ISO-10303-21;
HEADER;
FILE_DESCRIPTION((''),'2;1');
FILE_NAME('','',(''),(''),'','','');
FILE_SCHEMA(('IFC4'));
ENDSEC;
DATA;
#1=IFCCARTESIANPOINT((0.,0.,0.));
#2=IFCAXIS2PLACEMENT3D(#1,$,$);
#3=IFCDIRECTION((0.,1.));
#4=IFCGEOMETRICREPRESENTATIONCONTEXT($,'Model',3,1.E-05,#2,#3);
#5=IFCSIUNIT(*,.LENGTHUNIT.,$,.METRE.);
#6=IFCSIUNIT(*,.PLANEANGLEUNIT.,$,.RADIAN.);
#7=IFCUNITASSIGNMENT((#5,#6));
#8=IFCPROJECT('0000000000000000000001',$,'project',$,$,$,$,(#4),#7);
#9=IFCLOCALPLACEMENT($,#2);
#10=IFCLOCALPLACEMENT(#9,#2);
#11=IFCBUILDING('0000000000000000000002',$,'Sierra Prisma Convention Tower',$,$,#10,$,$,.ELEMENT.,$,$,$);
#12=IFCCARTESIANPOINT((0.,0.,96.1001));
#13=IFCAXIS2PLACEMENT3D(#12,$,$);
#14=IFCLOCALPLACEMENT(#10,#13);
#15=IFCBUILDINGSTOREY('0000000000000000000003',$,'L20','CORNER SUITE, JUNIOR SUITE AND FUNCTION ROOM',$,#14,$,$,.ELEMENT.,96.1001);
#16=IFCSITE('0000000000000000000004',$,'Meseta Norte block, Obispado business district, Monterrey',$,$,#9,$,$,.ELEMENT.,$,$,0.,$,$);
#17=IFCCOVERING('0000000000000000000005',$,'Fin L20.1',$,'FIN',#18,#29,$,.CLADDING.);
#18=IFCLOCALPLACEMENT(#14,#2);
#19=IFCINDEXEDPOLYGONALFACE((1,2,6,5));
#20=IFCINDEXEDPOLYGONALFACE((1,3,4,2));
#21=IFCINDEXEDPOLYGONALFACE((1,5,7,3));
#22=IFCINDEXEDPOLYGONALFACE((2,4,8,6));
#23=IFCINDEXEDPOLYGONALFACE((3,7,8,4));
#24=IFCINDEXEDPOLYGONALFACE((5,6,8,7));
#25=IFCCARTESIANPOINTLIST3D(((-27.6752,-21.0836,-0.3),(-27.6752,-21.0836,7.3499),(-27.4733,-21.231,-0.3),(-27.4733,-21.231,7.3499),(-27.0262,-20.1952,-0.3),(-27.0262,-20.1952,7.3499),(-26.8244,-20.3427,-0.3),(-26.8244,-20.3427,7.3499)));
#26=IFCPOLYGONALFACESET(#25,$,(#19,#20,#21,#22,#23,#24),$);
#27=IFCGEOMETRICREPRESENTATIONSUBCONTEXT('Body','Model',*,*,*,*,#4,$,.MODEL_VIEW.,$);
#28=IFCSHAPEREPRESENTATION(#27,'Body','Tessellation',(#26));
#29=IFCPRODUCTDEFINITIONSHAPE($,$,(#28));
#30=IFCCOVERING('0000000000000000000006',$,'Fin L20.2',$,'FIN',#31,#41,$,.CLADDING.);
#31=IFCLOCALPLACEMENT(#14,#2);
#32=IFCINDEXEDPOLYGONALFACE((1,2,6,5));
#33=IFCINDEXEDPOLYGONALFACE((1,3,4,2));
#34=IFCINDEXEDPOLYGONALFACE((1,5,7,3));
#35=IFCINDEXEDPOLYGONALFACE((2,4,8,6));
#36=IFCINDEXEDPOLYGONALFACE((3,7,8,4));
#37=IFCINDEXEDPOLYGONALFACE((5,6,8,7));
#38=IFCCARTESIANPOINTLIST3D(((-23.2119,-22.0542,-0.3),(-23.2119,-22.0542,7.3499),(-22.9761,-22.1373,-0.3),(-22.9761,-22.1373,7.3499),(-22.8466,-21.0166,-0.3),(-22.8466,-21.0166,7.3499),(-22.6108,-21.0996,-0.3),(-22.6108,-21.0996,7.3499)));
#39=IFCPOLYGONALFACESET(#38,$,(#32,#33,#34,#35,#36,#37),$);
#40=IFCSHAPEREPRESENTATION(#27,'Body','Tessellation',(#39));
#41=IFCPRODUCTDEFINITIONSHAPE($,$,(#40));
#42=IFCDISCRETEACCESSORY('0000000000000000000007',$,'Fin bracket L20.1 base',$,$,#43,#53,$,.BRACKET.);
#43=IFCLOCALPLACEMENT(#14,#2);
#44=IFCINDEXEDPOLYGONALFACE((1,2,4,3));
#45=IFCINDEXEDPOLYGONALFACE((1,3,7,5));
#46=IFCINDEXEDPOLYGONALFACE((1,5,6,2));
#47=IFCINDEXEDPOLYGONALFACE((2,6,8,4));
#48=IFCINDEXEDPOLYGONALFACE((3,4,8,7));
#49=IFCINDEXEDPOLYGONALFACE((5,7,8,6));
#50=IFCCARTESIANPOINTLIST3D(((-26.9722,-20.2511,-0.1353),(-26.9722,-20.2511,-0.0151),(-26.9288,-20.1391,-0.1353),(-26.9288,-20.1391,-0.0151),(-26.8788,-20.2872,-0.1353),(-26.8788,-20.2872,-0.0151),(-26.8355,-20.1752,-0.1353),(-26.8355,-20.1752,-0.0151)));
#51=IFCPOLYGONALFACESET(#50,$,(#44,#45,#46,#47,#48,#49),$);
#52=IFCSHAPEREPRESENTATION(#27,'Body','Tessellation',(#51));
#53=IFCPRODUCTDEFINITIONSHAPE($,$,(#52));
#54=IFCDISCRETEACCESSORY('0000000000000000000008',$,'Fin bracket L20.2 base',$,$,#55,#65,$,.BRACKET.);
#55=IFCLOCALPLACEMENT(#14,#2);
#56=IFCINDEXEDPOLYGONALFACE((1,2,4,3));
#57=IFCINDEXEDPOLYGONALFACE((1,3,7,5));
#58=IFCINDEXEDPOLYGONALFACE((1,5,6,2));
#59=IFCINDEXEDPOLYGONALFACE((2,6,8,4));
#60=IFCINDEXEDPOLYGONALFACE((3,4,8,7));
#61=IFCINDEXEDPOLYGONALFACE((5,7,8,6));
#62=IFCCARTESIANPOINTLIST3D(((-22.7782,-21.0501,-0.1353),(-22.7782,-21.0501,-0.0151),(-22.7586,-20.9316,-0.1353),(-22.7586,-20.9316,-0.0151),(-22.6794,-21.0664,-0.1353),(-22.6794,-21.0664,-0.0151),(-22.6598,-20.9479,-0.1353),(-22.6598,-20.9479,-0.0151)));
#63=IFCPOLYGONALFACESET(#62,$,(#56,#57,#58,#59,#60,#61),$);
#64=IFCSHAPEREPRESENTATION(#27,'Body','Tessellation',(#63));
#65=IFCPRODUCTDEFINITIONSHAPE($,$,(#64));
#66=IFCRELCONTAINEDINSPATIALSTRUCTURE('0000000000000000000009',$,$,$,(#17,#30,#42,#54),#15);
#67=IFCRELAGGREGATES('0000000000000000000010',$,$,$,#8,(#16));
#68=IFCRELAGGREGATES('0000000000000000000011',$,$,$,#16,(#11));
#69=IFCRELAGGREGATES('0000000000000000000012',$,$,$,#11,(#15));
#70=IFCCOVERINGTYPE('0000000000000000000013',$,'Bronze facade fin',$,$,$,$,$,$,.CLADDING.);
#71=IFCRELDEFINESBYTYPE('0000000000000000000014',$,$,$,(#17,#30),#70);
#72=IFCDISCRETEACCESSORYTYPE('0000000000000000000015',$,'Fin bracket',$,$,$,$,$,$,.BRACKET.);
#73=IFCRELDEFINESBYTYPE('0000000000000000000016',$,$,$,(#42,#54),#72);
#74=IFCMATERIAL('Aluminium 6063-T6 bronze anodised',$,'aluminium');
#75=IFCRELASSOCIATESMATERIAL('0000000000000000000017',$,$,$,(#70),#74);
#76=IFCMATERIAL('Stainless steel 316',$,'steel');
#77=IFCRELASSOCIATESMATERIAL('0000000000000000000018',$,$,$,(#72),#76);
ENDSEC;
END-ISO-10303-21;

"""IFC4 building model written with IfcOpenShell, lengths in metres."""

from ifc_helpers import new_model, si_unit, direction, frame, origin, origin_2d, place, context, subcontext, project, spatial, rectangle, extrude, material, material_profile, profile_set, type_object, element, save


model = new_model("IFC4")

# Units and contexts
model_context = context("Model", 3, precision=1e-05, world=origin(), true_north=direction((0.0, 1.0)))
body_context = subcontext(model_context, "Body", "Model", "MODEL_VIEW")
ifc_project = project(units=[si_unit("LENGTHUNIT", "METRE"), si_unit("PLANEANGLEUNIT", "RADIAN")], contexts=[model_context])

# Site, building, storey
site_placement = place(None, origin())
site = spatial("IfcSite", under=ifc_project, at=site_placement, Name="Meseta Norte block, Obispado business district, Monterrey", CompositionType="ELEMENT", RefElevation=0.0)
building_placement = place(site_placement, origin())
building = spatial("IfcBuilding", under=site, at=building_placement, Name="Sierra Prisma Convention Tower", CompositionType="ELEMENT")
storey_placement = place(building_placement, frame((0.0, 0.0, 96.1001)))
storey = spatial("IfcBuildingStorey", under=building, at=storey_placement, Name="L20", Description="CORNER SUITE, JUNIOR SUITE AND FUNCTION ROOM", CompositionType="ELEMENT", Elevation=96.1001)

# Coverings
ifc_material_1 = material(Name="Aluminium 6063-T6 bronze anodised", Category="aluminium")
ifc_material_profile_1 = material_profile(ifc_material_1, rectangle(XDim=1.1001, YDim=0.25, at=origin_2d()), Name="ALU FIN 1100x250")
ifc_profile_set_1 = profile_set([ifc_material_profile_1], Name="Aluminium 6063-T6 bronze anodised")
covering_type = type_object("IfcCoveringType", Name="Bronze facade fin", PredefinedType="CLADDING", material=ifc_profile_set_1)
for number, where, z_axis, x_axis, name in (
    (1, (-27.2498, -20.7131, -0.3), (0.0, 0.0, 1.0), (-0.58988, -0.807491, 0.0), "Fin L20.1"),
    (2, (-22.9114, -21.5769, -0.3), (0.0, 0.0, 1.0), (-0.332054, -0.94326, 0.0), "Fin L20.2"),
):
    element("IfcCovering", number, at=place(storey_placement, frame(where, z_axis=z_axis, x_axis=x_axis)), inside=storey, type_object=covering_type, Name=name, ObjectType="FIN", PredefinedType="CLADDING", context=body_context, shape_type="SweptSolid", body=[
        extrude(rectangle(XDim=1.1001, YDim=0.25, at=origin_2d()), origin(), (0.0, 0.0, 1.0), 7.6499),
    ])

# Discrete accessories
ifc_material_2 = material(Name="Stainless steel 316", Category="steel")
discrete_accessory_type = type_object("IfcDiscreteAccessoryType", Name="Fin bracket", PredefinedType="BRACKET", material=ifc_material_2)
for number, where, z_axis, x_axis, name in (
    (3, (-26.9038, -20.2131, -0.1353), (0.0, 0.0, 1.0), (-0.360786, -0.932649, 0.0), "Fin bracket L20.1 base"),
    (4, (-22.719, -20.999, -0.1353), (0.0, 0.0, 1.0), (-0.163214, -0.986591, 0.0), "Fin bracket L20.2 base"),
):
    element("IfcDiscreteAccessory", number, at=place(storey_placement, frame(where, z_axis=z_axis, x_axis=x_axis)), inside=storey, type_object=discrete_accessory_type, Name=name, PredefinedType="BRACKET", context=body_context, shape_type="SweptSolid", body=[
        extrude(rectangle(XDim=0.1201, YDim=0.1001, at=origin_2d()), origin(), (0.0, 0.0, 1.0), 0.1201),
    ])

save(model, "model.ifc")
